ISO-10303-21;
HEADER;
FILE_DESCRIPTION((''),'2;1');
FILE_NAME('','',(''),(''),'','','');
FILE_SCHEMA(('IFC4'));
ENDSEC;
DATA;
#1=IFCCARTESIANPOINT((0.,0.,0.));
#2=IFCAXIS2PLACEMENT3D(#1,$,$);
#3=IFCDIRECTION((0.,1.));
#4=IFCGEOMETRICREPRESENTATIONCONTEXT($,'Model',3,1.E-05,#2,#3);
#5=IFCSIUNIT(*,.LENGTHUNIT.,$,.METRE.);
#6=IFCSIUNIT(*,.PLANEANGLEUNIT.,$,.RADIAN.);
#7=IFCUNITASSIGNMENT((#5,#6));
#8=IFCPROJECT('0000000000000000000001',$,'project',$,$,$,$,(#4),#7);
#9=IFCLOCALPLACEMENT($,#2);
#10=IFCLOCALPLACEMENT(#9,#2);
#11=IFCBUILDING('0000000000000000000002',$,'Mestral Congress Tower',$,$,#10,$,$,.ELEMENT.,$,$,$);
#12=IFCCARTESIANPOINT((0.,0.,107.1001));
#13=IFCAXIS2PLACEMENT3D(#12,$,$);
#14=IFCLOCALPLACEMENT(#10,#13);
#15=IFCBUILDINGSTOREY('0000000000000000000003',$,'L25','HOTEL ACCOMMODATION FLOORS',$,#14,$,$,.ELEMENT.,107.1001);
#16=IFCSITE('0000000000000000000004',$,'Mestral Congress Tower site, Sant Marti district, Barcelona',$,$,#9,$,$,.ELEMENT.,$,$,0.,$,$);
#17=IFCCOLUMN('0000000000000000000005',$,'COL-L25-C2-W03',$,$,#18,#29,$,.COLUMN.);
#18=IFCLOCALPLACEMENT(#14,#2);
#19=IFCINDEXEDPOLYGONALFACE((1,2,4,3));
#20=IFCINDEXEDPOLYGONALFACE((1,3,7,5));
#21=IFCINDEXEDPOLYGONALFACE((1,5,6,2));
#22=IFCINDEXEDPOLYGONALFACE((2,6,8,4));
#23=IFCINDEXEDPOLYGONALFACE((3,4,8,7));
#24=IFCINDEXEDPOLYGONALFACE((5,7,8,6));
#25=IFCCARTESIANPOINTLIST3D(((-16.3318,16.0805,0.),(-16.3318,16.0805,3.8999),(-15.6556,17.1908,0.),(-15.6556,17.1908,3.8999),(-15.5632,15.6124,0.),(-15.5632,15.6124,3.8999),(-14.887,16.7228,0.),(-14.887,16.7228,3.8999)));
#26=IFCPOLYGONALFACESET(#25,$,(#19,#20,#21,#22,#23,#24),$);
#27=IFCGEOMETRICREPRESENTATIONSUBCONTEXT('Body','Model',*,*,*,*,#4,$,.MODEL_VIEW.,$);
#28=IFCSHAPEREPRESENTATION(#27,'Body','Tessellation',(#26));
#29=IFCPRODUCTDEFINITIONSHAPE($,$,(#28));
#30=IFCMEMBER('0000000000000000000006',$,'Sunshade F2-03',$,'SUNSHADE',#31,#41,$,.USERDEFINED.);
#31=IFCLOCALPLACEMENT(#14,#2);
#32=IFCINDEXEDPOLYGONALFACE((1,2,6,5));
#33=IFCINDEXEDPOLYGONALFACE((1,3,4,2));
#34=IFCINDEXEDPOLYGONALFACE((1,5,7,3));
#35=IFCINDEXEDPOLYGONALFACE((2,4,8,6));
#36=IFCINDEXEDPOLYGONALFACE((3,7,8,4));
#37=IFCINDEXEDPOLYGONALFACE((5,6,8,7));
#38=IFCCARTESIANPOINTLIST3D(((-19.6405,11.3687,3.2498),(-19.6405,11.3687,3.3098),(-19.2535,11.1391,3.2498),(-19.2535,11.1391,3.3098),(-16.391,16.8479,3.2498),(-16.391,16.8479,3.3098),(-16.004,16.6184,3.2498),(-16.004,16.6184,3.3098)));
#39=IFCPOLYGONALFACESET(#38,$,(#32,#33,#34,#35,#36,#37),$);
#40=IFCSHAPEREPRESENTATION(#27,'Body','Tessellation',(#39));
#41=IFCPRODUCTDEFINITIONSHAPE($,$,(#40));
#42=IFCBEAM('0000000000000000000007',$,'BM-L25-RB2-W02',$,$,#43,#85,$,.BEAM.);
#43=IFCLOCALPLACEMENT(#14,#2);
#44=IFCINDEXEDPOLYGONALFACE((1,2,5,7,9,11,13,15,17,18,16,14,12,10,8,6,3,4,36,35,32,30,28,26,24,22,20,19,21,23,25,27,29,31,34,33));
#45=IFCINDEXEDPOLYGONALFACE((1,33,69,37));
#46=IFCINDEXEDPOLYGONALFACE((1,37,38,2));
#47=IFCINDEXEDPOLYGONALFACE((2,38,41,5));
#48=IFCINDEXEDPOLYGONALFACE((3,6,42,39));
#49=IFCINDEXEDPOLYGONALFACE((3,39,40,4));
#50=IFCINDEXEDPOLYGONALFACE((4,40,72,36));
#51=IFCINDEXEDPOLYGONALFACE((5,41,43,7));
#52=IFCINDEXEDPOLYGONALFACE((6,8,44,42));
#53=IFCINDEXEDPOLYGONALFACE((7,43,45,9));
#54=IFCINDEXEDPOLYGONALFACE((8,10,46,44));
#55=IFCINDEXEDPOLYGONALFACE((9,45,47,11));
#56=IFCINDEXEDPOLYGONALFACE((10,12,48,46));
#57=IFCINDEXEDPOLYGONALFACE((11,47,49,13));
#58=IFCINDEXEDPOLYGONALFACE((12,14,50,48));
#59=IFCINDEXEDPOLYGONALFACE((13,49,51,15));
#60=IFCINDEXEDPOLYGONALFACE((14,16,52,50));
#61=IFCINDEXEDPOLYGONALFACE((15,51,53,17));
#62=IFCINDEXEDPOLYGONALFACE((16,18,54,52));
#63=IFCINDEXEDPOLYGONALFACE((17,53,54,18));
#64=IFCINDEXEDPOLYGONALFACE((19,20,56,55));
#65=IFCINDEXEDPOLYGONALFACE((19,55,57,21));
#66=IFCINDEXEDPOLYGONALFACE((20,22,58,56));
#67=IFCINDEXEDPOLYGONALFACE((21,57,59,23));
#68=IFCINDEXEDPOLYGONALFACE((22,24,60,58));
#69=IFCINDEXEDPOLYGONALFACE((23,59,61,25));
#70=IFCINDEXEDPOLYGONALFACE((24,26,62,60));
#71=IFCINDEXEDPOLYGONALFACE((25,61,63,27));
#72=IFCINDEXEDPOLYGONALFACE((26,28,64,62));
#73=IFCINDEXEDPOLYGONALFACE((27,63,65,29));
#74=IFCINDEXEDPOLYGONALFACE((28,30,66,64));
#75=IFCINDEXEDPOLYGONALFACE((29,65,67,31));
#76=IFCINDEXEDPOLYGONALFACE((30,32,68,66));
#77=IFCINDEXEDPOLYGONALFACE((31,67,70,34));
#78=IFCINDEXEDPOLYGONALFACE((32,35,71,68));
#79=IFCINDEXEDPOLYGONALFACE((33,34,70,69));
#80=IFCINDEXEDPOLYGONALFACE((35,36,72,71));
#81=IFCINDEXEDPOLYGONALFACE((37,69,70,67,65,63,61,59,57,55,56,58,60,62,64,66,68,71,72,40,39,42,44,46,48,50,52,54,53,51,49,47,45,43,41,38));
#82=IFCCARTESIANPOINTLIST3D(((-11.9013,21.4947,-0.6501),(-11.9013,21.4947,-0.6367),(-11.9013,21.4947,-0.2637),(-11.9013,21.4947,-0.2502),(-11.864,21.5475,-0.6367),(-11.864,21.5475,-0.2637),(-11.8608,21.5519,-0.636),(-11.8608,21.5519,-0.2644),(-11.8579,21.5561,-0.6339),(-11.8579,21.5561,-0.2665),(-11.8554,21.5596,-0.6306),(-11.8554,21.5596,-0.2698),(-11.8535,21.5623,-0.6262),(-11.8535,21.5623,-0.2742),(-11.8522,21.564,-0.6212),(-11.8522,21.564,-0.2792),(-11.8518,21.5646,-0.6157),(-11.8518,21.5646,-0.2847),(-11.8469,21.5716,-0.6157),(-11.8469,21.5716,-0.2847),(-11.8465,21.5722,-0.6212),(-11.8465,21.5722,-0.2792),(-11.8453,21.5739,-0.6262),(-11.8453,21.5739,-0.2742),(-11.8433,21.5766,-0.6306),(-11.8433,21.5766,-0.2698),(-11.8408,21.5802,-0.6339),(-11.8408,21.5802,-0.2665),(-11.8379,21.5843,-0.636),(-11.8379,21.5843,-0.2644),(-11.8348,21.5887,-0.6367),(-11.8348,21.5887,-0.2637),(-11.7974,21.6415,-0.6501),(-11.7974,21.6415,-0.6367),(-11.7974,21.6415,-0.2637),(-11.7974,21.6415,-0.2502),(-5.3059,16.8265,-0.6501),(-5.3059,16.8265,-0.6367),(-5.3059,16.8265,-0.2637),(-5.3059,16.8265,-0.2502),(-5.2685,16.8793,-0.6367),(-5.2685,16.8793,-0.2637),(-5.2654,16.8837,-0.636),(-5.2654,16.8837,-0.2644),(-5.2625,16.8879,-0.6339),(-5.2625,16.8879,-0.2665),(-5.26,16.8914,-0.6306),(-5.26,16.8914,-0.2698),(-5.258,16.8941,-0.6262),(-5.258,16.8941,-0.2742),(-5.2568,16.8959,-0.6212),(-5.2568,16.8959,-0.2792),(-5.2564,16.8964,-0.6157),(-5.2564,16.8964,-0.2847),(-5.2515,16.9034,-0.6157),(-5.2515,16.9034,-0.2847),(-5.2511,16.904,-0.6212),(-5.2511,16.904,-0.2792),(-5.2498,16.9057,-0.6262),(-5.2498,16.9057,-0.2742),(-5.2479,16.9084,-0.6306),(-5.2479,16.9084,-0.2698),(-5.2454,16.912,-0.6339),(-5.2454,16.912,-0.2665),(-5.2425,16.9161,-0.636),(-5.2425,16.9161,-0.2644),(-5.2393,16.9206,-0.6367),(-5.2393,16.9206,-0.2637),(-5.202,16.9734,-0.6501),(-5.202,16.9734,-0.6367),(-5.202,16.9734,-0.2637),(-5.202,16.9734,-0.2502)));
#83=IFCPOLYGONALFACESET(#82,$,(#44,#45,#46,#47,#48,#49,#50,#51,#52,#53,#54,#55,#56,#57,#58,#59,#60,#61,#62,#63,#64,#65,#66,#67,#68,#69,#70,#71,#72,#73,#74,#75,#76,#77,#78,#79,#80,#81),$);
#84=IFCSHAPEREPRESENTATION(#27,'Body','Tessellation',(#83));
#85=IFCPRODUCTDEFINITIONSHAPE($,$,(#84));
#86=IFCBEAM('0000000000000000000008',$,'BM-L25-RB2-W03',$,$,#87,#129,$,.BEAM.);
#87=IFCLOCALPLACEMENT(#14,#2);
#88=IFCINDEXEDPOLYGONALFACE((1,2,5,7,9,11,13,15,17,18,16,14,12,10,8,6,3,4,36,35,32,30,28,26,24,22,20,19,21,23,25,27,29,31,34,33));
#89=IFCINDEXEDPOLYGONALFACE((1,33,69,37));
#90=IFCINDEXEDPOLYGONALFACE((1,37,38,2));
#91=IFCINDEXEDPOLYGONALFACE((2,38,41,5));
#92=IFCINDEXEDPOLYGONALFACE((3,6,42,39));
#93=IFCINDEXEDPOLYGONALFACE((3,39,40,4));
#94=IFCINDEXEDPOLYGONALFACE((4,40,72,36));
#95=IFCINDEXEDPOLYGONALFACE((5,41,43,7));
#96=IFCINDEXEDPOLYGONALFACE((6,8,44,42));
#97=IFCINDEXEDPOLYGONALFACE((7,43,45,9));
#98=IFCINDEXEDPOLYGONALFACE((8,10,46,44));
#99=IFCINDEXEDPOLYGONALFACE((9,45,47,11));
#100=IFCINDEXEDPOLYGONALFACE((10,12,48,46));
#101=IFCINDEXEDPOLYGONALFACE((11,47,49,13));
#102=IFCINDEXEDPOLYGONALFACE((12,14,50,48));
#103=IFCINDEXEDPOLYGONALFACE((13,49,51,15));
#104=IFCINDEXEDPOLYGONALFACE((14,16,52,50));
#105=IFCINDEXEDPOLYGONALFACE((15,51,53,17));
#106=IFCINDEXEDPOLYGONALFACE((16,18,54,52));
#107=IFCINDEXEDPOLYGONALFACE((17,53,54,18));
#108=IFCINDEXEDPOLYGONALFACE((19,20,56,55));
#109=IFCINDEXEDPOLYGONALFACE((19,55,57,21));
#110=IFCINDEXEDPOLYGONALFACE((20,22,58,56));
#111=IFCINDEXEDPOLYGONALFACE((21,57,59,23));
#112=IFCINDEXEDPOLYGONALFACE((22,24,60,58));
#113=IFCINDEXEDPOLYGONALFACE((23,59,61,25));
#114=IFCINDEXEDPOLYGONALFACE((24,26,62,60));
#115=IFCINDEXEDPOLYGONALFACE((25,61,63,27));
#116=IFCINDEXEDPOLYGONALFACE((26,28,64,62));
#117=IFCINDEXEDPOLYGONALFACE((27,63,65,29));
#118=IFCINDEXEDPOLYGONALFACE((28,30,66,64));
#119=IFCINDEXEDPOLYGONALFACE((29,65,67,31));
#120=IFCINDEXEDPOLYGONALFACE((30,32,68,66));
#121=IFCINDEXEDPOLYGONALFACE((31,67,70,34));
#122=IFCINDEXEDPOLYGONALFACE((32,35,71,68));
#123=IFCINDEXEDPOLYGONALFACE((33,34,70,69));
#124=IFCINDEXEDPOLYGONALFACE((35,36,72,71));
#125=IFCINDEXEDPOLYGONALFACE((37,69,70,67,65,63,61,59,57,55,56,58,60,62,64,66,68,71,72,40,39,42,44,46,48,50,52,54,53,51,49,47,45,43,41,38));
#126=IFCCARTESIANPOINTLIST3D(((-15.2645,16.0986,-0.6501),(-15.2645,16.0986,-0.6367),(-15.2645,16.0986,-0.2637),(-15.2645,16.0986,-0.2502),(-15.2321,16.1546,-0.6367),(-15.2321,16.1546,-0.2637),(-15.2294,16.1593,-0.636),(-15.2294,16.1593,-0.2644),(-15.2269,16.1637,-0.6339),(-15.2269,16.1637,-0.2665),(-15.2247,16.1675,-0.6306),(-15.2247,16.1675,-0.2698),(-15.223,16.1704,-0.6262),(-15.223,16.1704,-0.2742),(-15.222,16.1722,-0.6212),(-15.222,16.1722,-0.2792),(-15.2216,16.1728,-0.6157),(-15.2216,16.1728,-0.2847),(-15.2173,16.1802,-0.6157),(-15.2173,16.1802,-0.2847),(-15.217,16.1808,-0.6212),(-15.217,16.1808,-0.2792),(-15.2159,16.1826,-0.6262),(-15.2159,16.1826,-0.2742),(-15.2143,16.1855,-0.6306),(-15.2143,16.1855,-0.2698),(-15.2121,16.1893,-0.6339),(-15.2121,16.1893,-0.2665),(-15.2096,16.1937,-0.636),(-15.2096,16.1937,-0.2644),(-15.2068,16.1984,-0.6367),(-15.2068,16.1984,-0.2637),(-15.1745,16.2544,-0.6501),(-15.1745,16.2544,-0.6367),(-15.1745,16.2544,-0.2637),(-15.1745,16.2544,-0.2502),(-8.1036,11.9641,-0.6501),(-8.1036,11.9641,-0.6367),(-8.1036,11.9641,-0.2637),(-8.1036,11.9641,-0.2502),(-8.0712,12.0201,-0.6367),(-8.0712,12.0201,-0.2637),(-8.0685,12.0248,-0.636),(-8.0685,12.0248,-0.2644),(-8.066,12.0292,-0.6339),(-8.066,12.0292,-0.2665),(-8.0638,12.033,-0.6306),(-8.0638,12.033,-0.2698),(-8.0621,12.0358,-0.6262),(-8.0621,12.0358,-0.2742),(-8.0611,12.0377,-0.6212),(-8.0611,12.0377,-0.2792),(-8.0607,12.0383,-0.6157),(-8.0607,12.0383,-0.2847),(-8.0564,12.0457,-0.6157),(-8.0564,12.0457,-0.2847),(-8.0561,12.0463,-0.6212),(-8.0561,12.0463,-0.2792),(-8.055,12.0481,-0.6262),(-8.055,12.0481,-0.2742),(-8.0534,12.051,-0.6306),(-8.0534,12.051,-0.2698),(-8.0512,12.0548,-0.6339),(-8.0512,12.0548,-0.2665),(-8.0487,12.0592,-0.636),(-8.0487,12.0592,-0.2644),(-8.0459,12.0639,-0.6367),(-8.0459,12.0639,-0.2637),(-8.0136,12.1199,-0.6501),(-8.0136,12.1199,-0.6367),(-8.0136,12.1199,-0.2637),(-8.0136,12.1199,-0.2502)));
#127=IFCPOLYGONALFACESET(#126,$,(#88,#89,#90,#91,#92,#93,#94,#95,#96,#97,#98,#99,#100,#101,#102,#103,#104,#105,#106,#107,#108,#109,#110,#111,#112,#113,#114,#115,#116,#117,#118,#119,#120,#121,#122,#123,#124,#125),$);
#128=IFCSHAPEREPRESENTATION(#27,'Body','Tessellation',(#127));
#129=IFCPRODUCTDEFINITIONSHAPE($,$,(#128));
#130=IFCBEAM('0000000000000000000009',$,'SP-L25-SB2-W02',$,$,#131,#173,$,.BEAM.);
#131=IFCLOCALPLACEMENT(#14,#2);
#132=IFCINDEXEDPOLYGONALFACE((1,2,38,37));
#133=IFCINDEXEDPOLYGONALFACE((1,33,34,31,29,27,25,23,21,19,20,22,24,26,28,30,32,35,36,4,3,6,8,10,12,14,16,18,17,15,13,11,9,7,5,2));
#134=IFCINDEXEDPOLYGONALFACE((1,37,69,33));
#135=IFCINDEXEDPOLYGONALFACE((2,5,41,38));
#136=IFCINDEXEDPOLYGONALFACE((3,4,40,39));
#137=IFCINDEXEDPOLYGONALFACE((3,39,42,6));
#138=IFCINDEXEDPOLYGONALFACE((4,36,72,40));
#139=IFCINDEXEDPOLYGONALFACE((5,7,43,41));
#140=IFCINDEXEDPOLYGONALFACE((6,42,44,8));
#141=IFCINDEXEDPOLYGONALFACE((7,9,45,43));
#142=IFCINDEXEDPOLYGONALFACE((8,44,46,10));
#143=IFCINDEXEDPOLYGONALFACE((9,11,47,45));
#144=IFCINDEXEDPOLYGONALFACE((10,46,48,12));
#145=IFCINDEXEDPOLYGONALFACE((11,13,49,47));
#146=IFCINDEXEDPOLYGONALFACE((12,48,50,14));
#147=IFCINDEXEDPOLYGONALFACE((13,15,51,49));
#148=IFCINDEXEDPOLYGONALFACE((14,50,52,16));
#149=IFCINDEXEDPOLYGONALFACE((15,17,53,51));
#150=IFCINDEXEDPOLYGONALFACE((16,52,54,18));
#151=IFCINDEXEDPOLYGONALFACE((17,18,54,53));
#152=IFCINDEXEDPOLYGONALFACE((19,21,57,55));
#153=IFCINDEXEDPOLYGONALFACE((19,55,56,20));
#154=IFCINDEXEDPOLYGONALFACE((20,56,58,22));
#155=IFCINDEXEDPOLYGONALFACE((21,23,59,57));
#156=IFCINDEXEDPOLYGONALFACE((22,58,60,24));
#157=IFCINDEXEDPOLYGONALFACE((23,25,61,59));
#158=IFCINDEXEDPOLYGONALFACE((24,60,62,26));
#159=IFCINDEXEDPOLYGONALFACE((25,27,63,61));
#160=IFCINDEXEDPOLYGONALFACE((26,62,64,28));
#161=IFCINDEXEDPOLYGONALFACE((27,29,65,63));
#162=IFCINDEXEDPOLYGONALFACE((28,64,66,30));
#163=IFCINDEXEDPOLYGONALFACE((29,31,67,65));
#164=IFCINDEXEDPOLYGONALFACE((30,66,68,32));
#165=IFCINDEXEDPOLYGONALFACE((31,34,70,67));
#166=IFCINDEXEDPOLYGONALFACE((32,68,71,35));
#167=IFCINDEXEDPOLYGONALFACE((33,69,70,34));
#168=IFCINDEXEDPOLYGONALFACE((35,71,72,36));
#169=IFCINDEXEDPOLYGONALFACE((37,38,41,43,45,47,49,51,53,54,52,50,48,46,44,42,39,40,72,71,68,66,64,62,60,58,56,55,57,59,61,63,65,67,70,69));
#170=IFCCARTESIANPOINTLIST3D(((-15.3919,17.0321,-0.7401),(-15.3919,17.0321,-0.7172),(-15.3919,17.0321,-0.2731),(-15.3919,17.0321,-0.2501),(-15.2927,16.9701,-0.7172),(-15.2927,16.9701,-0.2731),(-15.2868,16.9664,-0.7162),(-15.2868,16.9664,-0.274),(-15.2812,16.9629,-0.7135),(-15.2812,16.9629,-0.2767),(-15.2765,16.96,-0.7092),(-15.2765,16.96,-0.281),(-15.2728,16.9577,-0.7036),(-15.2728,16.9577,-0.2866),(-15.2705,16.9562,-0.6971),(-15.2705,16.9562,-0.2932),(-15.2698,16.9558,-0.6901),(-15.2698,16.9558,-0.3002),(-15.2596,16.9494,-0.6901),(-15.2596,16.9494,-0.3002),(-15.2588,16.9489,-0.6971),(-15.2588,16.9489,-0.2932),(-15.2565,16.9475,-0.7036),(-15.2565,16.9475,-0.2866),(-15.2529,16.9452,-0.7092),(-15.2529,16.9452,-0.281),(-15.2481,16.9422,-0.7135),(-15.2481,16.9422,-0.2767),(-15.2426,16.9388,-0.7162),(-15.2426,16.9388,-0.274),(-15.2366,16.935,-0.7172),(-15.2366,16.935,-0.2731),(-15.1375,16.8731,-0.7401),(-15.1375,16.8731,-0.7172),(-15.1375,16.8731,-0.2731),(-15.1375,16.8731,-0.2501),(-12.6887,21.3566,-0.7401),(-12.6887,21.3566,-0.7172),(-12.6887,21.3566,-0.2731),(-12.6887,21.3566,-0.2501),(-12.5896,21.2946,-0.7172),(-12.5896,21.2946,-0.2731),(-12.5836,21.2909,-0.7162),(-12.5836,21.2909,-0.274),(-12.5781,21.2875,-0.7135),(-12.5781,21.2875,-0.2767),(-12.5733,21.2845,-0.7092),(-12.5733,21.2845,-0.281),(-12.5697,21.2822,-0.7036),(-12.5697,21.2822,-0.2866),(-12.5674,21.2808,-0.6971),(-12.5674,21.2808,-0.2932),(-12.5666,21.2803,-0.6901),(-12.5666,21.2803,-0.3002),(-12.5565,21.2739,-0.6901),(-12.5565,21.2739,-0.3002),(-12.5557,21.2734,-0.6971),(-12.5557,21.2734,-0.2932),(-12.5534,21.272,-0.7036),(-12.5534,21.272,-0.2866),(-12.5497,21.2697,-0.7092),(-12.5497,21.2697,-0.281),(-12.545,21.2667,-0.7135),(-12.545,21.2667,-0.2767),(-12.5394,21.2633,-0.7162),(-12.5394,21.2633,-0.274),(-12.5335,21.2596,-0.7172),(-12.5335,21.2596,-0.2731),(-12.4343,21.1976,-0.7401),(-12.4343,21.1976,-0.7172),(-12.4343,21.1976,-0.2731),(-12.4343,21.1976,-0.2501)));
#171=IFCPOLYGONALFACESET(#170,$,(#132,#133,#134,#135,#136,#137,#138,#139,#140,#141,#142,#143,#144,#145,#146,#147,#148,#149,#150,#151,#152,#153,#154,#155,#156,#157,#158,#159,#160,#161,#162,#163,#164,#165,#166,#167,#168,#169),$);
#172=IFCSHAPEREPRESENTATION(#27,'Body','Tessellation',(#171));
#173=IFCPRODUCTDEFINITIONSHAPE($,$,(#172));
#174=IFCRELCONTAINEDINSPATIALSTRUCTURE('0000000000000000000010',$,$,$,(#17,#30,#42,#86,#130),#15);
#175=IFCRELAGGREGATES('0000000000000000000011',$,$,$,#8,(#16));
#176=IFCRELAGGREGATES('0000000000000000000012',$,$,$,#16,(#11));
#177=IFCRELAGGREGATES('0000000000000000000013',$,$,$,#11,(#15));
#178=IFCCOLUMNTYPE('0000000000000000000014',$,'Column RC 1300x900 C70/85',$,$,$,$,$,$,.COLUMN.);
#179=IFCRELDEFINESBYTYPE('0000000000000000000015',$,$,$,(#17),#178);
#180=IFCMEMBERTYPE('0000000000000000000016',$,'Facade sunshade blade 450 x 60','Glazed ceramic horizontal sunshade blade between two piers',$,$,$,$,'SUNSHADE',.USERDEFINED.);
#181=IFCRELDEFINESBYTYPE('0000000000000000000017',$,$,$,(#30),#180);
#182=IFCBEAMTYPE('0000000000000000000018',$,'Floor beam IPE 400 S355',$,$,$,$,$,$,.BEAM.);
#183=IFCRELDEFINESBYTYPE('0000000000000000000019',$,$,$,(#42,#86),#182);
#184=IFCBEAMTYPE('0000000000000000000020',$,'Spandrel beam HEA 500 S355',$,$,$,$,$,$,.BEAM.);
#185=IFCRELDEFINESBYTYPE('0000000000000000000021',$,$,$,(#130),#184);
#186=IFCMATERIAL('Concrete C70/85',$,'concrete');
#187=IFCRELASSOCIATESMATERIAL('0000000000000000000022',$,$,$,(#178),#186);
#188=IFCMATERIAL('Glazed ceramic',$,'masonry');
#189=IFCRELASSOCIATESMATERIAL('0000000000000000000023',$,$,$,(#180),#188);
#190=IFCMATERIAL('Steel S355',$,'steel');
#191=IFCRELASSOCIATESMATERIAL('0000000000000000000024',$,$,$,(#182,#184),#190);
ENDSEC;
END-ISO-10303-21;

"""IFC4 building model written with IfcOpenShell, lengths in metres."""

from ifc_helpers import new_model, si_unit, direction, frame, origin, origin_2d, place, context, subcontext, project, spatial, rectangle, i_section, extrude, material, material_profile, profile_set, type_object, element, save


model = new_model("IFC4")

# Units and contexts
model_context = context("Model", 3, precision=1e-05, world=origin(), true_north=direction((0.0, 1.0)))
body_context = subcontext(model_context, "Body", "Model", "MODEL_VIEW")
ifc_project = project(units=[si_unit("LENGTHUNIT", "METRE"), si_unit("PLANEANGLEUNIT", "RADIAN")], contexts=[model_context])

# Site, building, storey
site_placement = place(None, origin())
site = spatial("IfcSite", under=ifc_project, at=site_placement, Name="Mestral Congress Tower site, Sant Marti district, Barcelona", CompositionType="ELEMENT", RefElevation=0.0)
building_placement = place(site_placement, origin())
building = spatial("IfcBuilding", under=site, at=building_placement, Name="Mestral Congress Tower", CompositionType="ELEMENT")
storey_placement = place(building_placement, frame((0.0, 0.0, 107.1001)))
storey = spatial("IfcBuildingStorey", under=building, at=storey_placement, Name="L25", Description="HOTEL ACCOMMODATION FLOORS", CompositionType="ELEMENT", Elevation=107.1001)

# Column
ifc_material_1 = material(Name="Concrete C70/85", Category="concrete")
ifc_material_profile_1 = material_profile(ifc_material_1, rectangle(XDim=1.3, YDim=0.8999, at=origin_2d()), Name="RC 1300x900")
ifc_profile_set_1 = profile_set([ifc_material_profile_1], Name="Concrete C70/85")
column_type = type_object("IfcColumnType", Name="Column RC 1300x900 C70/85", PredefinedType="COLUMN", material=ifc_profile_set_1)
column_placement = place(storey_placement, frame((-15.6094, 16.4016, 0.0), z_axis=(0.0, 0.0, 1.0), x_axis=(-0.520114, -0.854097, 0.0)))
element("IfcColumn", 1, at=column_placement, inside=storey, type_object=column_type, Name="COL-L25-C2-W03", PredefinedType="COLUMN", context=body_context, shape_type="SweptSolid", body=[
    extrude(rectangle(XDim=1.3, YDim=0.8999, at=origin_2d()), origin(), (0.0, 0.0, 1.0), 3.8999),
])

# Member
ifc_material_2 = material(Name="Glazed ceramic", Category="masonry")
ifc_material_profile_2 = material_profile(ifc_material_2, rectangle(XDim=0.45, YDim=0.0601, at=origin_2d()), Name="Ceramic blade 450 x 60")
ifc_profile_set_2 = profile_set([ifc_material_profile_2], Name="Glazed ceramic")
member_type = type_object("IfcMemberType", Name="Facade sunshade blade 450 x 60", Description="Glazed ceramic horizontal sunshade blade between two piers", ElementType="SUNSHADE", PredefinedType="USERDEFINED", material=ifc_profile_set_2)
member_placement = place(storey_placement, frame((-16.1975, 16.7332, 3.2798), z_axis=(-0.510099, -0.860116, 0.0), x_axis=(0.860116, -0.510099, 0.0)))
element("IfcMember", 2, at=member_placement, inside=storey, type_object=member_type, Name="Sunshade F2-03", ObjectType="SUNSHADE", PredefinedType="USERDEFINED", context=body_context, shape_type="SweptSolid", body=[
    extrude(rectangle(XDim=0.45, YDim=0.0601, at=origin_2d()), origin(), (0.0, 0.0, 1.0), 6.3704),
])

# Beams
ifc_material_3 = material(Name="Steel S355", Category="steel")
ifc_material_profile_3 = material_profile(ifc_material_3, i_section(OverallWidth=0.1799, OverallDepth=0.3999, WebThickness=0.0085, FlangeThickness=0.0134, FilletRadius=0.021, at=origin_2d()), Name="IPE 400")
ifc_profile_set_3 = profile_set([ifc_material_profile_3], Name="Steel S355")
beam_type_1 = type_object("IfcBeamType", Name="Floor beam IPE 400 S355", PredefinedType="BEAM", material=ifc_profile_set_3)
beam_1_placement = place(storey_placement, frame((-11.8494, 21.5681, -0.4502), z_axis=(0.816233, -0.577723, 0.0), x_axis=(0.577723, 0.816233, 0.0)))
element("IfcBeam", 3, at=beam_1_placement, inside=storey, type_object=beam_type_1, Name="BM-L25-RB2-W02", PredefinedType="BEAM", context=body_context, shape_type="SweptSolid", body=[
    extrude(i_section(OverallWidth=0.1799, OverallDepth=0.3999, WebThickness=0.0085, FlangeThickness=0.0134, FilletRadius=0.021, at=origin_2d()), origin(), (0.0, 0.0, 1.0), 8.0803),
])
beam_2_placement = place(storey_placement, frame((-15.2195, 16.1765, -0.4502), z_axis=(0.866016, -0.500016, 0.0), x_axis=(0.500016, 0.866016, 0.0)))
element("IfcBeam", 4, at=beam_2_placement, inside=storey, type_object=beam_type_1, Name="BM-L25-RB2-W03", PredefinedType="BEAM", context=body_context, shape_type="SweptSolid", body=[
    extrude(i_section(OverallWidth=0.1799, OverallDepth=0.3999, WebThickness=0.0085, FlangeThickness=0.0134, FilletRadius=0.021, at=origin_2d()), origin(), (0.0, 0.0, 1.0), 8.2688),
])
ifc_material_profile_4 = material_profile(ifc_material_3, i_section(OverallWidth=0.3, OverallDepth=0.49, WebThickness=0.012, FlangeThickness=0.0229, FilletRadius=0.0271, at=origin_2d()), Name="HEA 500")
ifc_profile_set_4 = profile_set([ifc_material_profile_4], Name="Steel S355")
beam_type_2 = type_object("IfcBeamType", Name="Spandrel beam HEA 500 S355", PredefinedType="BEAM", material=ifc_profile_set_4)
for number, where, z_axis, x_axis, name in (
    (5, (-12.5615, 21.2771, -0.4951), (-0.530046, -0.847969, 0.0), (0.847969, -0.530046, 0.0), "SP-L25-SB2-W02"),
):
    element("IfcBeam", number, at=place(storey_placement, frame(where, z_axis=z_axis, x_axis=x_axis)), inside=storey, type_object=beam_type_2, Name=name, PredefinedType="BEAM", context=body_context, shape_type="SweptSolid", body=[
        extrude(i_section(OverallWidth=0.3, OverallDepth=0.49, WebThickness=0.012, FlangeThickness=0.0229, FilletRadius=0.0271, at=origin_2d()), origin(), (0.0, 0.0, 1.0), 5.0999),
    ])

save(model, "model.ifc")
